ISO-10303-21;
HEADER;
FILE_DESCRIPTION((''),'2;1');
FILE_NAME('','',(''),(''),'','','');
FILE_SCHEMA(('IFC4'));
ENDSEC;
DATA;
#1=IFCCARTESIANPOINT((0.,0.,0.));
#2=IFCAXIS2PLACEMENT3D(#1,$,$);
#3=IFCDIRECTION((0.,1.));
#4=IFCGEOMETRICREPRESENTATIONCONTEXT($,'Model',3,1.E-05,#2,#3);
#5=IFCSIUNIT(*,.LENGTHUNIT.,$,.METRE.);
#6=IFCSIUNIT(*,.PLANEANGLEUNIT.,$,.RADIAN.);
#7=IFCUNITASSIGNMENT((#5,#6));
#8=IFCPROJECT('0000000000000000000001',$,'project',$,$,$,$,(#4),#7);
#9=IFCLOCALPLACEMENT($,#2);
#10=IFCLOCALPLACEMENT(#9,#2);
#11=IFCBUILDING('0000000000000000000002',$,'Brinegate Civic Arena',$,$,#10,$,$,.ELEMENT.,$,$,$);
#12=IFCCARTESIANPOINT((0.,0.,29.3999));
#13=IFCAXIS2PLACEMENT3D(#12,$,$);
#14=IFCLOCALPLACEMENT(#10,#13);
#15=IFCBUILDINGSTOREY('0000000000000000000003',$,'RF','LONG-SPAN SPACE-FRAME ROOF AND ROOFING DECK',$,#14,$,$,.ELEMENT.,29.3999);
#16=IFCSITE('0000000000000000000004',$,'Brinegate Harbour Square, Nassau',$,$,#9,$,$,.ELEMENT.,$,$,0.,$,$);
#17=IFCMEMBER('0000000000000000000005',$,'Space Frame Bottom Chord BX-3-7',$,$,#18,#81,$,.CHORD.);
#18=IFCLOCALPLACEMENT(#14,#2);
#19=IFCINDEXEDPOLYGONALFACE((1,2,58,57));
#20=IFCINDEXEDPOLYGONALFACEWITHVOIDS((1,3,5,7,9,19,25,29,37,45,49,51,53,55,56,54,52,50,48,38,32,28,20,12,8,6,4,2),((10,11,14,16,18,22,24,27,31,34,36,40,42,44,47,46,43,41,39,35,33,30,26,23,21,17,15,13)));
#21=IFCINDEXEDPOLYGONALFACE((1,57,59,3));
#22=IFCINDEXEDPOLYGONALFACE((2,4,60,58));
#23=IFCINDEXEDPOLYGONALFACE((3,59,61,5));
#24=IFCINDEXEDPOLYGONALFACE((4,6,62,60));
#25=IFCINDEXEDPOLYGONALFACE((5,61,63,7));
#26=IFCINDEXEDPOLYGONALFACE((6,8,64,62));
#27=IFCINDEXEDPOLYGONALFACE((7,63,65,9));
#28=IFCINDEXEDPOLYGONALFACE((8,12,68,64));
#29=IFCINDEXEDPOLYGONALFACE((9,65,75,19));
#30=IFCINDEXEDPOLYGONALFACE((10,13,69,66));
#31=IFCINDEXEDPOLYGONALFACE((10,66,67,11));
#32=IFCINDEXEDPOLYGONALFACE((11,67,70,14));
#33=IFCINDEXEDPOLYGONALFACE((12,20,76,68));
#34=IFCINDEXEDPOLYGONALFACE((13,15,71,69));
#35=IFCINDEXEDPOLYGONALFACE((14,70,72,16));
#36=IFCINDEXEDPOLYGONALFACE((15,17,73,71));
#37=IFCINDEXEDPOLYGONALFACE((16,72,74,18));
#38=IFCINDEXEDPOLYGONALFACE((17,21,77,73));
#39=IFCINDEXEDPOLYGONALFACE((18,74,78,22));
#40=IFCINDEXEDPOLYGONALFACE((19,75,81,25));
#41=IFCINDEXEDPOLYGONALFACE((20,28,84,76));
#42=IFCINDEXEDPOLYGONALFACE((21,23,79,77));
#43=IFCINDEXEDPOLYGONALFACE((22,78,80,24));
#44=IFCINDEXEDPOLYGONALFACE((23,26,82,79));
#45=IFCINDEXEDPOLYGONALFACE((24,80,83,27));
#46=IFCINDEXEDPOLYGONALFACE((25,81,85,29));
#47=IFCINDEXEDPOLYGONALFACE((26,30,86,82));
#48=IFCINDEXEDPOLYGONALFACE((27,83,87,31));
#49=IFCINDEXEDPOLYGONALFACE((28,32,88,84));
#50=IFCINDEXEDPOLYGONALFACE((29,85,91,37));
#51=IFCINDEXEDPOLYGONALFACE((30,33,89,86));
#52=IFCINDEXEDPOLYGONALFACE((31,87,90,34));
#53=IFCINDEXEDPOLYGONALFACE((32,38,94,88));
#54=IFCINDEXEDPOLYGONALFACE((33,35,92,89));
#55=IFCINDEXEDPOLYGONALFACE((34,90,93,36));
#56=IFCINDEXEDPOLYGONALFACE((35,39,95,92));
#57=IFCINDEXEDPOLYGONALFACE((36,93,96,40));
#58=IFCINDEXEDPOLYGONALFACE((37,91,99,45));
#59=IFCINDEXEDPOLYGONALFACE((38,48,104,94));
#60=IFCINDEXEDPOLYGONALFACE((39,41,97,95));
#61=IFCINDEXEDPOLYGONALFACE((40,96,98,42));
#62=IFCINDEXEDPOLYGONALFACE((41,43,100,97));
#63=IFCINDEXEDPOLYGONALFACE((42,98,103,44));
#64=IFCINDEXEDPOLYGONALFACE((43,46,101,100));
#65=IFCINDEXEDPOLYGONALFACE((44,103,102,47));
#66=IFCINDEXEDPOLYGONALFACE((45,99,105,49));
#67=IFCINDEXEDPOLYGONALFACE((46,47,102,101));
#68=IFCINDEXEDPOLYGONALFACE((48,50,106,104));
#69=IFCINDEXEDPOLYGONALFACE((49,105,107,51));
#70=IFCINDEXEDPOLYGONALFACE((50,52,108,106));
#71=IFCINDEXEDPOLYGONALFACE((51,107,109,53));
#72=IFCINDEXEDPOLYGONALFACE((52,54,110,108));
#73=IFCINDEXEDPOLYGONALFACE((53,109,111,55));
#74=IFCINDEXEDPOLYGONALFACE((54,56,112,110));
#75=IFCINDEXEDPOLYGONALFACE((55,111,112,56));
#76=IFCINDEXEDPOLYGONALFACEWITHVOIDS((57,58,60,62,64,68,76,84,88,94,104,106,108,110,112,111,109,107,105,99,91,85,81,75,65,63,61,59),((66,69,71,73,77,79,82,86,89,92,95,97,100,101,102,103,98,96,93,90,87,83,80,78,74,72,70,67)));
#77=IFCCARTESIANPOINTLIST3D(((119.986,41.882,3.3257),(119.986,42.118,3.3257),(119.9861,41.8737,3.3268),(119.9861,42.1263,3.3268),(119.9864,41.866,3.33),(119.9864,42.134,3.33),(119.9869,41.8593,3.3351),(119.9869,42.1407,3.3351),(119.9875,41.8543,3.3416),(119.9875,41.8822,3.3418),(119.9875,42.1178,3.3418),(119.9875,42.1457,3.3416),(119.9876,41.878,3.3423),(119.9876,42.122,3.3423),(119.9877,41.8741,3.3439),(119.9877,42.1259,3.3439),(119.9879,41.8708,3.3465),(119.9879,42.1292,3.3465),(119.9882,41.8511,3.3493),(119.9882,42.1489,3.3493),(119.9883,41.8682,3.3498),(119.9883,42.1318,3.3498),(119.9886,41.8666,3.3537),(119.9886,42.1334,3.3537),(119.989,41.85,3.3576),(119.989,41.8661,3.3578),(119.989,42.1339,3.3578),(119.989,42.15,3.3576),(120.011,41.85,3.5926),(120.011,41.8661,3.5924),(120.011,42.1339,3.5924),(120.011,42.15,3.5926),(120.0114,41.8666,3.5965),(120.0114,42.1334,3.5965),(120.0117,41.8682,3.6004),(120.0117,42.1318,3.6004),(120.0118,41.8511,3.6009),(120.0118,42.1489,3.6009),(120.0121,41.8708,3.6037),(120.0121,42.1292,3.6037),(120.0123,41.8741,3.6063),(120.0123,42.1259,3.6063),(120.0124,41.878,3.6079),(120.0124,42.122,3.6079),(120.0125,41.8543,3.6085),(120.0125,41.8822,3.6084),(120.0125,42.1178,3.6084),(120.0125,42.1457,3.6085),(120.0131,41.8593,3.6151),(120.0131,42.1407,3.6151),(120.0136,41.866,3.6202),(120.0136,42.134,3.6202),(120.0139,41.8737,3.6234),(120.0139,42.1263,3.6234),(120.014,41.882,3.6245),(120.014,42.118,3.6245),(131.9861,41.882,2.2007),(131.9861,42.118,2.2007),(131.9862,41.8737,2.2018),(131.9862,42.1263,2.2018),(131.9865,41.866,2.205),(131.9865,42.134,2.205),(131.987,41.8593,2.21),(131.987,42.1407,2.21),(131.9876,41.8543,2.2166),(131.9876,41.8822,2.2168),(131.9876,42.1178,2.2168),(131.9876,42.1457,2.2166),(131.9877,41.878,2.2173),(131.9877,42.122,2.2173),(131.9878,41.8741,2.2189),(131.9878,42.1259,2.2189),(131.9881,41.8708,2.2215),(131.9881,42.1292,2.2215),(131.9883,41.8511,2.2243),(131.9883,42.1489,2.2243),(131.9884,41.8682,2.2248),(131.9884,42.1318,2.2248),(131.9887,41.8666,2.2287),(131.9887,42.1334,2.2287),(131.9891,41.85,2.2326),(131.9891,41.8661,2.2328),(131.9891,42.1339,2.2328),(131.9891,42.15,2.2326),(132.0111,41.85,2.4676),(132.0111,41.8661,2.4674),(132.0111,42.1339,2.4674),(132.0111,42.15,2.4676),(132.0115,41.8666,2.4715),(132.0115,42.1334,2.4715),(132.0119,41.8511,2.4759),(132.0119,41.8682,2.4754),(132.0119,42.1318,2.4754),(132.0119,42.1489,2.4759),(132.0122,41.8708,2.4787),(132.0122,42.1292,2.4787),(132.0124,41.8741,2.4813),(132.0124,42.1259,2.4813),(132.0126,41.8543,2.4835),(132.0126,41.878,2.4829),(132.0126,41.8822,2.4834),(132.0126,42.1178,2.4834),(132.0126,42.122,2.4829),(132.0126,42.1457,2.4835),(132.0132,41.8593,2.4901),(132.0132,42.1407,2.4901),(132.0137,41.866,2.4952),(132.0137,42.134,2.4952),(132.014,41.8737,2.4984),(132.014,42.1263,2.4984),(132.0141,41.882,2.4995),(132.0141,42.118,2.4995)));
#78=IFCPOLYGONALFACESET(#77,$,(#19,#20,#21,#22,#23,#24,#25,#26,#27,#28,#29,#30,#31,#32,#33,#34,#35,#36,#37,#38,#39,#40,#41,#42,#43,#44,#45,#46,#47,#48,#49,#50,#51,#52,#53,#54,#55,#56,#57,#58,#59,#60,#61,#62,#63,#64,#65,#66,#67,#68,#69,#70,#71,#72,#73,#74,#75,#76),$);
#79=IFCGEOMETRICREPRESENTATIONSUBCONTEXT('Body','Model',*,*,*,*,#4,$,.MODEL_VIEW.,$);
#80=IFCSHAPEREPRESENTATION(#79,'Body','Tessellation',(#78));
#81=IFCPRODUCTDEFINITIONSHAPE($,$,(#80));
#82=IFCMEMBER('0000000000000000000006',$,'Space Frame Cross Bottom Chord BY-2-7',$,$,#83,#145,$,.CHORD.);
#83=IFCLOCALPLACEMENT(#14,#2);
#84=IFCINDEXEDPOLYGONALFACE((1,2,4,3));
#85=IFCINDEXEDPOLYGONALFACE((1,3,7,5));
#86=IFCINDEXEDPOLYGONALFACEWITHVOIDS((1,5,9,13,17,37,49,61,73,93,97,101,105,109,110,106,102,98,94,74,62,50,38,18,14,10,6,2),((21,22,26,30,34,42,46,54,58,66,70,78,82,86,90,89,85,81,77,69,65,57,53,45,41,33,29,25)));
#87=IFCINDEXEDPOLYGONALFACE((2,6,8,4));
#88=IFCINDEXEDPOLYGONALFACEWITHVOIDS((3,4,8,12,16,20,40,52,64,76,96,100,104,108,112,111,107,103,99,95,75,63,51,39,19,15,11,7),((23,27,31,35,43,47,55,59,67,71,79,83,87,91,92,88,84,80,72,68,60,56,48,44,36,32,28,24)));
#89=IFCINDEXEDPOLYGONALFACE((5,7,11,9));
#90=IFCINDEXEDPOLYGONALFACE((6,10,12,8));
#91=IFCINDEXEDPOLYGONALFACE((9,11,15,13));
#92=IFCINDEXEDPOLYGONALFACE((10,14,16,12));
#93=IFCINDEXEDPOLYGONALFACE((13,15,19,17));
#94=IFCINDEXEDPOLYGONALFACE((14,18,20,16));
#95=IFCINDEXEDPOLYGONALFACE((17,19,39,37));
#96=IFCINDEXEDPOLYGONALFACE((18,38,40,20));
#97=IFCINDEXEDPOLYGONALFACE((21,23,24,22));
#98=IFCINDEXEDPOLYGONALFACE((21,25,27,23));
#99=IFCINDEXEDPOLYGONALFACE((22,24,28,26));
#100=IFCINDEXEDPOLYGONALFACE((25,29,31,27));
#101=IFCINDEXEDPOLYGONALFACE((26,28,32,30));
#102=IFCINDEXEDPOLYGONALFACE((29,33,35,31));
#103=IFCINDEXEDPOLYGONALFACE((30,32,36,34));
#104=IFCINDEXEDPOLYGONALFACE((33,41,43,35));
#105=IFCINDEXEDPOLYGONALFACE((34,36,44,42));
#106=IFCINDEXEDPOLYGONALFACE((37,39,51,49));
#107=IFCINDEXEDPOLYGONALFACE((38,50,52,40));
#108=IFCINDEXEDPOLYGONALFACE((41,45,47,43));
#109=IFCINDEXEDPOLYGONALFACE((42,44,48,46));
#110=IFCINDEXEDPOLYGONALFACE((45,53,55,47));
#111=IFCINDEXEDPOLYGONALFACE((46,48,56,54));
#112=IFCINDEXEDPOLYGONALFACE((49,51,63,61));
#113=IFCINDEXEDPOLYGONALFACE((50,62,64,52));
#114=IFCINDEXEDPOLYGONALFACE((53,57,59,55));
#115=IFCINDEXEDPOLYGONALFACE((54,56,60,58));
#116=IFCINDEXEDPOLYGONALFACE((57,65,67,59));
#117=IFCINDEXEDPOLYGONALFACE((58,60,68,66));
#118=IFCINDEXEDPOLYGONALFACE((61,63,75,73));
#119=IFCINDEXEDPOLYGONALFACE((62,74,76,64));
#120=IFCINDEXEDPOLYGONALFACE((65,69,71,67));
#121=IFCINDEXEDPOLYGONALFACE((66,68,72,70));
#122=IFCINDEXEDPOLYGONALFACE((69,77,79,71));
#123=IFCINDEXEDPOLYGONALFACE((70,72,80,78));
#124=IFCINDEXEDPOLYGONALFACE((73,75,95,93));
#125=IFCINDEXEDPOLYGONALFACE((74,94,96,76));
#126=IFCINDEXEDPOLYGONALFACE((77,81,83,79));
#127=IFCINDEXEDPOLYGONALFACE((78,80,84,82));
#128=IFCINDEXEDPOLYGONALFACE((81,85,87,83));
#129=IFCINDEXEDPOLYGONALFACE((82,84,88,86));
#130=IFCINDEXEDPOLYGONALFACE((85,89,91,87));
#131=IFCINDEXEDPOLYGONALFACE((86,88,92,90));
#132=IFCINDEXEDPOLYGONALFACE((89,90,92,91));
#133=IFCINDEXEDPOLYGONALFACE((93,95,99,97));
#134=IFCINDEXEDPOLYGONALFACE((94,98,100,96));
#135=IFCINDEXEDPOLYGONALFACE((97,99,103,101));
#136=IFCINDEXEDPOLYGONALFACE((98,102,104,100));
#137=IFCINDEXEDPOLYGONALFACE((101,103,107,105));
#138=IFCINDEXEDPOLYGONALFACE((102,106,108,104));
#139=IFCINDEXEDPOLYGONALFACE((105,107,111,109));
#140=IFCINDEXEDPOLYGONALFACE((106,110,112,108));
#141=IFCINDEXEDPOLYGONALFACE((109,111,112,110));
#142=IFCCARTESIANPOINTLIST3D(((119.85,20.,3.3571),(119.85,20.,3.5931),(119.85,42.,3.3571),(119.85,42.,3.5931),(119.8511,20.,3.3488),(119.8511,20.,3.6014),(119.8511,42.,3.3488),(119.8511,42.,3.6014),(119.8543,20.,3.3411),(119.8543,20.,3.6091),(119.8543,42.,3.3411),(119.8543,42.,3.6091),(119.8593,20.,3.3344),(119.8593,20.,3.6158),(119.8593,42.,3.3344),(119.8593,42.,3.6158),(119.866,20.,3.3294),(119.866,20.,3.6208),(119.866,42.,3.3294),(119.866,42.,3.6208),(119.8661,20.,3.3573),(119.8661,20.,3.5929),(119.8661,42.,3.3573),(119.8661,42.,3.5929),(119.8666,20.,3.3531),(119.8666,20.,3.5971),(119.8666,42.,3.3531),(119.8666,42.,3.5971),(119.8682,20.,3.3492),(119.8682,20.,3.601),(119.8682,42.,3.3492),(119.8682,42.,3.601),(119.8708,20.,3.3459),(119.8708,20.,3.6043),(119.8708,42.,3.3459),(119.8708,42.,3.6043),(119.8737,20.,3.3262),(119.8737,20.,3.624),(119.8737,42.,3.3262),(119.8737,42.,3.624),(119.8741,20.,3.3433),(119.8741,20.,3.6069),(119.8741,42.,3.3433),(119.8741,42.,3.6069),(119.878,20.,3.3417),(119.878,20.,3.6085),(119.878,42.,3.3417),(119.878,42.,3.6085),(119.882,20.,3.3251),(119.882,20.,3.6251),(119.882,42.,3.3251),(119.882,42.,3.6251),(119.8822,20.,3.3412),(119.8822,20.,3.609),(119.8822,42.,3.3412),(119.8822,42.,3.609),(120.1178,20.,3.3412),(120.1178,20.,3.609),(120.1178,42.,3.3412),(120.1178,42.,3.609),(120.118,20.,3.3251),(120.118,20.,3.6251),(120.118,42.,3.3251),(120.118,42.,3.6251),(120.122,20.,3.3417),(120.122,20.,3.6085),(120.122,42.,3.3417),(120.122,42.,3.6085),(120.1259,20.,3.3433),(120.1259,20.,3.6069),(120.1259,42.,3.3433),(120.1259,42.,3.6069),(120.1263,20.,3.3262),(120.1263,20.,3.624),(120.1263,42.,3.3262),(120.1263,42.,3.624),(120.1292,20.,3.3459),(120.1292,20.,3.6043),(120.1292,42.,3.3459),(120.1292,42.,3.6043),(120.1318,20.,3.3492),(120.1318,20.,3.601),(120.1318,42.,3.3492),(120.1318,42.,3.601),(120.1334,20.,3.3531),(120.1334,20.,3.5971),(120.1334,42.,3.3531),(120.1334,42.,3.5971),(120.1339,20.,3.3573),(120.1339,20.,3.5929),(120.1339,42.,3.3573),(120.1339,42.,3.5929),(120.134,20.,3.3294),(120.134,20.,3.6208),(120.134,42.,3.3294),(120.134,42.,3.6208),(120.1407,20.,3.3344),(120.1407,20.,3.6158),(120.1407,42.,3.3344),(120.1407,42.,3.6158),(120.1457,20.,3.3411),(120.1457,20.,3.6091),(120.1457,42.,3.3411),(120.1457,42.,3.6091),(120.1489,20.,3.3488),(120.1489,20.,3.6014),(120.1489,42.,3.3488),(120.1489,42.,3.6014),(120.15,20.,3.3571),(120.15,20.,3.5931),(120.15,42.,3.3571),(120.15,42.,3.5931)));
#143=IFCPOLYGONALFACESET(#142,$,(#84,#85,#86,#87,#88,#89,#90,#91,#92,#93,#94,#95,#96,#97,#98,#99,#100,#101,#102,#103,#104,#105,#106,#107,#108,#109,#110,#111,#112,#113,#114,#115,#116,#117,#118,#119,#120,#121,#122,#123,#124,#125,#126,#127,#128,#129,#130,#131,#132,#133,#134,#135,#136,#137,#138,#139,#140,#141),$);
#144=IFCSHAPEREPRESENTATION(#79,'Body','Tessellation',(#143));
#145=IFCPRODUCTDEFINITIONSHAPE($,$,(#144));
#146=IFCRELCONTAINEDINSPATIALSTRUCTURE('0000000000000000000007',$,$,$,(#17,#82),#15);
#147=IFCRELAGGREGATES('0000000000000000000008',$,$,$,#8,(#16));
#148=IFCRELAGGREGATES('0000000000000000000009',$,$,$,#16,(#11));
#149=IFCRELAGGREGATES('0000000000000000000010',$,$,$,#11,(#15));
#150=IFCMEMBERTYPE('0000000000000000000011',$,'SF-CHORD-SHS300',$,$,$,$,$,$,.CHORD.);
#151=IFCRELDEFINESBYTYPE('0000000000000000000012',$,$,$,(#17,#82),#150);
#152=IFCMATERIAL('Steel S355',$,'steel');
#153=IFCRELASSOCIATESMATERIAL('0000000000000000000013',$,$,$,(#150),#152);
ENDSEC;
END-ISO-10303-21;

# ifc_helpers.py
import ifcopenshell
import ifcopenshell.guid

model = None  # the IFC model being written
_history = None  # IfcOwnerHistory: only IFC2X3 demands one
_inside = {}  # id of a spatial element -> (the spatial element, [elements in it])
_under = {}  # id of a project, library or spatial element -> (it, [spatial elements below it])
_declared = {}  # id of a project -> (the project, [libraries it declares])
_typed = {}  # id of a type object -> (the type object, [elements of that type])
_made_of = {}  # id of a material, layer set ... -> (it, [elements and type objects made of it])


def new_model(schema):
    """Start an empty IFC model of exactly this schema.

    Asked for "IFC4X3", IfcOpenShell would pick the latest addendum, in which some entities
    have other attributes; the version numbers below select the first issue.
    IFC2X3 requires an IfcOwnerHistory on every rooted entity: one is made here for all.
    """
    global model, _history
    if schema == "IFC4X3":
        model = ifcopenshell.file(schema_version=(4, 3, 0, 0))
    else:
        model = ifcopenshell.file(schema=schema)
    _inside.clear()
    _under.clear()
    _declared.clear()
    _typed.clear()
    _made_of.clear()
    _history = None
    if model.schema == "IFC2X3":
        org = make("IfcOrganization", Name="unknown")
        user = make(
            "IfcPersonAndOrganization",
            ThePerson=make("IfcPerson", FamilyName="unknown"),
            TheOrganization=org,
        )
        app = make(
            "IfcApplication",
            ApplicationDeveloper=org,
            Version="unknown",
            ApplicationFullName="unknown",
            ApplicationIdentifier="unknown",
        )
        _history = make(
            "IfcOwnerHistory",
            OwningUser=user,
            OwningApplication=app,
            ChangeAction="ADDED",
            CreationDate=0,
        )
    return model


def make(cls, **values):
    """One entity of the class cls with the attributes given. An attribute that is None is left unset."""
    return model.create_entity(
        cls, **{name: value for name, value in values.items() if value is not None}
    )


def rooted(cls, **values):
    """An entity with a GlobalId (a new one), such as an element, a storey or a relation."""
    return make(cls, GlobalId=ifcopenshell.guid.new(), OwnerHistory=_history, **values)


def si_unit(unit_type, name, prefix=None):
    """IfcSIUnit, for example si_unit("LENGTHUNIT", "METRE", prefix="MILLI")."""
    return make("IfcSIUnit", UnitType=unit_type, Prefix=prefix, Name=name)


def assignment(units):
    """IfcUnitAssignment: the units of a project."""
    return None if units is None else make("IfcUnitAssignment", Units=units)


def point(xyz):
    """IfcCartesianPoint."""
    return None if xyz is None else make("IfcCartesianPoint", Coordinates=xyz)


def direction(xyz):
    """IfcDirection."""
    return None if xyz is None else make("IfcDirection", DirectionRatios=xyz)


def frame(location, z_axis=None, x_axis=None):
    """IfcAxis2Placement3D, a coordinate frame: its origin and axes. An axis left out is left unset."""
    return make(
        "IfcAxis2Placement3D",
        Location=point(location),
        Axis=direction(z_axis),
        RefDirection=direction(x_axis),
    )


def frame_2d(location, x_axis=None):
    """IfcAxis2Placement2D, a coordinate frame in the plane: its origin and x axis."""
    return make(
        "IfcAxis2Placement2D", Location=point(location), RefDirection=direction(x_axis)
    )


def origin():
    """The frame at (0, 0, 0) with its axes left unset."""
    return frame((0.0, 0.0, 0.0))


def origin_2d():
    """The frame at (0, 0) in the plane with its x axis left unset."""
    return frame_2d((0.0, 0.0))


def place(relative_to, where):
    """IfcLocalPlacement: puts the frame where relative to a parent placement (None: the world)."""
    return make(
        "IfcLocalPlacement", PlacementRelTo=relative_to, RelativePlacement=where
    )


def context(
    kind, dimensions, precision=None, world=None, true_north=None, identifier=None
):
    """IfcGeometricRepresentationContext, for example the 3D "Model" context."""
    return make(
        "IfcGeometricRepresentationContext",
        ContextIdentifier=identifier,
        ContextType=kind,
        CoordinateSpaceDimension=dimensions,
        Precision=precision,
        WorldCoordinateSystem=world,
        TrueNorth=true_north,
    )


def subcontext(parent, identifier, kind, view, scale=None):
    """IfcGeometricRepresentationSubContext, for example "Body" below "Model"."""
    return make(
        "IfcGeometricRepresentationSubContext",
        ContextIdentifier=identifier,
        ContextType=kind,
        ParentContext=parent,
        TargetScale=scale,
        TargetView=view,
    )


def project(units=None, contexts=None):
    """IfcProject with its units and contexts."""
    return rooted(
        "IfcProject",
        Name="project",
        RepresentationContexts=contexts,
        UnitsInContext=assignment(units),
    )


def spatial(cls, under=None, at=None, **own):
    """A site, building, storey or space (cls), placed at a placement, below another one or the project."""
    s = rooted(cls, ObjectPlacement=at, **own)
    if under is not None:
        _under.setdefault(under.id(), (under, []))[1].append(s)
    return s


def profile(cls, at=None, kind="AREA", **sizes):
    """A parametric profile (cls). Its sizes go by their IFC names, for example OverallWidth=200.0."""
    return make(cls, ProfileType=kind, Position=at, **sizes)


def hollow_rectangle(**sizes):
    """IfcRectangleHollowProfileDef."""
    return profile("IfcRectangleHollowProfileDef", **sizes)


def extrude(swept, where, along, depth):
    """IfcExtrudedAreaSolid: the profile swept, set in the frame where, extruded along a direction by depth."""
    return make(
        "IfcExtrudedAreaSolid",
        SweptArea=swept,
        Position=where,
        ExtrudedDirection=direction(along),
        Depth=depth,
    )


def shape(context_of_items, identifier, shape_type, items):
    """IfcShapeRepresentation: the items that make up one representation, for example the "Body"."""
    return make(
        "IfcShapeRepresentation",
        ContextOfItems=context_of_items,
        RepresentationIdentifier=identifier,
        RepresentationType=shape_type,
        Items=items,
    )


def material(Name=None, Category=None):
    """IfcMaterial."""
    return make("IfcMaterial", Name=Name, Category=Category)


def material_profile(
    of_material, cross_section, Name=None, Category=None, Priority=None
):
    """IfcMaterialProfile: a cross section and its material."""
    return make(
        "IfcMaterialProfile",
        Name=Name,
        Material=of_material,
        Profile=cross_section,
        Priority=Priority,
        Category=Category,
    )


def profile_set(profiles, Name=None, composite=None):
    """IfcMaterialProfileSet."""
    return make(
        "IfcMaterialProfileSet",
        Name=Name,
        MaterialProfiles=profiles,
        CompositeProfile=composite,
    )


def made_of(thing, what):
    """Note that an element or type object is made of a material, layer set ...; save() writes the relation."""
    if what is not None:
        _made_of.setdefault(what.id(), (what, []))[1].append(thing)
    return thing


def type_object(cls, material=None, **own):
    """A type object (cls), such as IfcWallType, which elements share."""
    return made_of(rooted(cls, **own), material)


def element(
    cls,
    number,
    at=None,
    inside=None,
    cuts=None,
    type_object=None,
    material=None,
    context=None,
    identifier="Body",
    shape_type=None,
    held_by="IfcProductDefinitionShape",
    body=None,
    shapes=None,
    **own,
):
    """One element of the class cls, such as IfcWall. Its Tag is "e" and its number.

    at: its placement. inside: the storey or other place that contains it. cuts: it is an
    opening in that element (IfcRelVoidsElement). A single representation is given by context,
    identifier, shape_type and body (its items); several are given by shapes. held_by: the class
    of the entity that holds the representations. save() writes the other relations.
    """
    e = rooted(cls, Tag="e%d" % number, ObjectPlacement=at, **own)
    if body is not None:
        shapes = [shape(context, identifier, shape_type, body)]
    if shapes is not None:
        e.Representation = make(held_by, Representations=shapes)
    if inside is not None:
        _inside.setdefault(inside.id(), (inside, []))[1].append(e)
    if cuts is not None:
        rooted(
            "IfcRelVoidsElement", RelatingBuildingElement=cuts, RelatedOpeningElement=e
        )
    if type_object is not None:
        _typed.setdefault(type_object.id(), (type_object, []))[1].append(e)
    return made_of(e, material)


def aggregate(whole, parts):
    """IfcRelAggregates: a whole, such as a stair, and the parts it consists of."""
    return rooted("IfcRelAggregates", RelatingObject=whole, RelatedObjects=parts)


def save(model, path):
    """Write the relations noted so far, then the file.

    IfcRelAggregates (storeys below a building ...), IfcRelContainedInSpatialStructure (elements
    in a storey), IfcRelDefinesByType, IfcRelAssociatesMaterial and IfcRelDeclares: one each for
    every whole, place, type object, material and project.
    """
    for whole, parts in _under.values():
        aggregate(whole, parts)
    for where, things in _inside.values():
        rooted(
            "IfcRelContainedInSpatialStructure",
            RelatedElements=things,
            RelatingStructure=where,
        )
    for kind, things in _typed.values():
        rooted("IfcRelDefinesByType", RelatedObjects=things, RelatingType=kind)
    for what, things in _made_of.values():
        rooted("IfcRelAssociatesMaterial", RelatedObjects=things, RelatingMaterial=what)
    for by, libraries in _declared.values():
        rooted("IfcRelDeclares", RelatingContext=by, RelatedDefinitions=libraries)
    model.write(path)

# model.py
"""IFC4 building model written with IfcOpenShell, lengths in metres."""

from ifc_helpers import new_model, si_unit, direction, frame, origin, origin_2d, place, context, subcontext, project, spatial, hollow_rectangle, extrude, material, material_profile, profile_set, type_object, element, save


model = new_model("IFC4")

# Units and contexts
model_context = context("Model", 3, precision=1e-05, world=origin(), true_north=direction((0.0, 1.0)))
body_context = subcontext(model_context, "Body", "Model", "MODEL_VIEW")
ifc_project = project(units=[si_unit("LENGTHUNIT", "METRE"), si_unit("PLANEANGLEUNIT", "RADIAN")], contexts=[model_context])

# Site, building, storey
site_placement = place(None, origin())
site = spatial("IfcSite", under=ifc_project, at=site_placement, Name="Brinegate Harbour Square, Nassau", CompositionType="ELEMENT", RefElevation=0.0)
building_placement = place(site_placement, origin())
building = spatial("IfcBuilding", under=site, at=building_placement, Name="Brinegate Civic Arena", CompositionType="ELEMENT")
storey_placement = place(building_placement, frame((0.0, 0.0, 29.3999)))
storey = spatial("IfcBuildingStorey", under=building, at=storey_placement, Name="RF", Description="LONG-SPAN SPACE-FRAME ROOF AND ROOFING DECK", CompositionType="ELEMENT", Elevation=29.3999)

# Members
ifc_material = material(Name="Steel S355", Category="steel")
ifc_material_profile_1 = material_profile(ifc_material, hollow_rectangle(XDim=0.3, YDim=0.3, WallThickness=0.0161, InnerFilletRadius=0.0161, OuterFilletRadius=0.032, at=origin_2d()), Name="SHS300X16")
ifc_profile_set_1 = profile_set([ifc_material_profile_1], Name="Steel S355")
member_type_1 = type_object("IfcMemberType", Name="SF-CHORD-SHS300", PredefinedType="CHORD", material=ifc_profile_set_1)
member_1_placement = place(storey_placement, frame((120.0, 42.0, 3.4751), z_axis=(0.995634, 0.0, -0.093341), x_axis=(0.0, 1.0, 0.0)))
element("IfcMember", 1, at=member_1_placement, inside=storey, type_object=member_type_1, Name="Space Frame Bottom Chord BX-3-7", PredefinedType="CHORD", context=body_context, shape_type="SweptSolid", body=[
    extrude(hollow_rectangle(XDim=0.3, YDim=0.3, WallThickness=0.0161, InnerFilletRadius=0.0161, OuterFilletRadius=0.032, at=origin_2d()), origin(), (0.0, 0.0, 1.0), 12.0527),
])
member_2_placement = place(storey_placement, frame((120.0, 20.0, 3.4751), z_axis=(0.0, 1.0, 0.0), x_axis=(-1.0, 0.0, 0.0)))
element("IfcMember", 2, at=member_2_placement, inside=storey, type_object=member_type_1, Name="Space Frame Cross Bottom Chord BY-2-7", PredefinedType="CHORD", context=body_context, shape_type="SweptSolid", body=[
    extrude(hollow_rectangle(XDim=0.3, YDim=0.3, WallThickness=0.0161, InnerFilletRadius=0.0161, OuterFilletRadius=0.032, at=origin_2d()), origin(), (0.0, 0.0, 1.0), 22.0),
])

save(model, "model.ifc")
